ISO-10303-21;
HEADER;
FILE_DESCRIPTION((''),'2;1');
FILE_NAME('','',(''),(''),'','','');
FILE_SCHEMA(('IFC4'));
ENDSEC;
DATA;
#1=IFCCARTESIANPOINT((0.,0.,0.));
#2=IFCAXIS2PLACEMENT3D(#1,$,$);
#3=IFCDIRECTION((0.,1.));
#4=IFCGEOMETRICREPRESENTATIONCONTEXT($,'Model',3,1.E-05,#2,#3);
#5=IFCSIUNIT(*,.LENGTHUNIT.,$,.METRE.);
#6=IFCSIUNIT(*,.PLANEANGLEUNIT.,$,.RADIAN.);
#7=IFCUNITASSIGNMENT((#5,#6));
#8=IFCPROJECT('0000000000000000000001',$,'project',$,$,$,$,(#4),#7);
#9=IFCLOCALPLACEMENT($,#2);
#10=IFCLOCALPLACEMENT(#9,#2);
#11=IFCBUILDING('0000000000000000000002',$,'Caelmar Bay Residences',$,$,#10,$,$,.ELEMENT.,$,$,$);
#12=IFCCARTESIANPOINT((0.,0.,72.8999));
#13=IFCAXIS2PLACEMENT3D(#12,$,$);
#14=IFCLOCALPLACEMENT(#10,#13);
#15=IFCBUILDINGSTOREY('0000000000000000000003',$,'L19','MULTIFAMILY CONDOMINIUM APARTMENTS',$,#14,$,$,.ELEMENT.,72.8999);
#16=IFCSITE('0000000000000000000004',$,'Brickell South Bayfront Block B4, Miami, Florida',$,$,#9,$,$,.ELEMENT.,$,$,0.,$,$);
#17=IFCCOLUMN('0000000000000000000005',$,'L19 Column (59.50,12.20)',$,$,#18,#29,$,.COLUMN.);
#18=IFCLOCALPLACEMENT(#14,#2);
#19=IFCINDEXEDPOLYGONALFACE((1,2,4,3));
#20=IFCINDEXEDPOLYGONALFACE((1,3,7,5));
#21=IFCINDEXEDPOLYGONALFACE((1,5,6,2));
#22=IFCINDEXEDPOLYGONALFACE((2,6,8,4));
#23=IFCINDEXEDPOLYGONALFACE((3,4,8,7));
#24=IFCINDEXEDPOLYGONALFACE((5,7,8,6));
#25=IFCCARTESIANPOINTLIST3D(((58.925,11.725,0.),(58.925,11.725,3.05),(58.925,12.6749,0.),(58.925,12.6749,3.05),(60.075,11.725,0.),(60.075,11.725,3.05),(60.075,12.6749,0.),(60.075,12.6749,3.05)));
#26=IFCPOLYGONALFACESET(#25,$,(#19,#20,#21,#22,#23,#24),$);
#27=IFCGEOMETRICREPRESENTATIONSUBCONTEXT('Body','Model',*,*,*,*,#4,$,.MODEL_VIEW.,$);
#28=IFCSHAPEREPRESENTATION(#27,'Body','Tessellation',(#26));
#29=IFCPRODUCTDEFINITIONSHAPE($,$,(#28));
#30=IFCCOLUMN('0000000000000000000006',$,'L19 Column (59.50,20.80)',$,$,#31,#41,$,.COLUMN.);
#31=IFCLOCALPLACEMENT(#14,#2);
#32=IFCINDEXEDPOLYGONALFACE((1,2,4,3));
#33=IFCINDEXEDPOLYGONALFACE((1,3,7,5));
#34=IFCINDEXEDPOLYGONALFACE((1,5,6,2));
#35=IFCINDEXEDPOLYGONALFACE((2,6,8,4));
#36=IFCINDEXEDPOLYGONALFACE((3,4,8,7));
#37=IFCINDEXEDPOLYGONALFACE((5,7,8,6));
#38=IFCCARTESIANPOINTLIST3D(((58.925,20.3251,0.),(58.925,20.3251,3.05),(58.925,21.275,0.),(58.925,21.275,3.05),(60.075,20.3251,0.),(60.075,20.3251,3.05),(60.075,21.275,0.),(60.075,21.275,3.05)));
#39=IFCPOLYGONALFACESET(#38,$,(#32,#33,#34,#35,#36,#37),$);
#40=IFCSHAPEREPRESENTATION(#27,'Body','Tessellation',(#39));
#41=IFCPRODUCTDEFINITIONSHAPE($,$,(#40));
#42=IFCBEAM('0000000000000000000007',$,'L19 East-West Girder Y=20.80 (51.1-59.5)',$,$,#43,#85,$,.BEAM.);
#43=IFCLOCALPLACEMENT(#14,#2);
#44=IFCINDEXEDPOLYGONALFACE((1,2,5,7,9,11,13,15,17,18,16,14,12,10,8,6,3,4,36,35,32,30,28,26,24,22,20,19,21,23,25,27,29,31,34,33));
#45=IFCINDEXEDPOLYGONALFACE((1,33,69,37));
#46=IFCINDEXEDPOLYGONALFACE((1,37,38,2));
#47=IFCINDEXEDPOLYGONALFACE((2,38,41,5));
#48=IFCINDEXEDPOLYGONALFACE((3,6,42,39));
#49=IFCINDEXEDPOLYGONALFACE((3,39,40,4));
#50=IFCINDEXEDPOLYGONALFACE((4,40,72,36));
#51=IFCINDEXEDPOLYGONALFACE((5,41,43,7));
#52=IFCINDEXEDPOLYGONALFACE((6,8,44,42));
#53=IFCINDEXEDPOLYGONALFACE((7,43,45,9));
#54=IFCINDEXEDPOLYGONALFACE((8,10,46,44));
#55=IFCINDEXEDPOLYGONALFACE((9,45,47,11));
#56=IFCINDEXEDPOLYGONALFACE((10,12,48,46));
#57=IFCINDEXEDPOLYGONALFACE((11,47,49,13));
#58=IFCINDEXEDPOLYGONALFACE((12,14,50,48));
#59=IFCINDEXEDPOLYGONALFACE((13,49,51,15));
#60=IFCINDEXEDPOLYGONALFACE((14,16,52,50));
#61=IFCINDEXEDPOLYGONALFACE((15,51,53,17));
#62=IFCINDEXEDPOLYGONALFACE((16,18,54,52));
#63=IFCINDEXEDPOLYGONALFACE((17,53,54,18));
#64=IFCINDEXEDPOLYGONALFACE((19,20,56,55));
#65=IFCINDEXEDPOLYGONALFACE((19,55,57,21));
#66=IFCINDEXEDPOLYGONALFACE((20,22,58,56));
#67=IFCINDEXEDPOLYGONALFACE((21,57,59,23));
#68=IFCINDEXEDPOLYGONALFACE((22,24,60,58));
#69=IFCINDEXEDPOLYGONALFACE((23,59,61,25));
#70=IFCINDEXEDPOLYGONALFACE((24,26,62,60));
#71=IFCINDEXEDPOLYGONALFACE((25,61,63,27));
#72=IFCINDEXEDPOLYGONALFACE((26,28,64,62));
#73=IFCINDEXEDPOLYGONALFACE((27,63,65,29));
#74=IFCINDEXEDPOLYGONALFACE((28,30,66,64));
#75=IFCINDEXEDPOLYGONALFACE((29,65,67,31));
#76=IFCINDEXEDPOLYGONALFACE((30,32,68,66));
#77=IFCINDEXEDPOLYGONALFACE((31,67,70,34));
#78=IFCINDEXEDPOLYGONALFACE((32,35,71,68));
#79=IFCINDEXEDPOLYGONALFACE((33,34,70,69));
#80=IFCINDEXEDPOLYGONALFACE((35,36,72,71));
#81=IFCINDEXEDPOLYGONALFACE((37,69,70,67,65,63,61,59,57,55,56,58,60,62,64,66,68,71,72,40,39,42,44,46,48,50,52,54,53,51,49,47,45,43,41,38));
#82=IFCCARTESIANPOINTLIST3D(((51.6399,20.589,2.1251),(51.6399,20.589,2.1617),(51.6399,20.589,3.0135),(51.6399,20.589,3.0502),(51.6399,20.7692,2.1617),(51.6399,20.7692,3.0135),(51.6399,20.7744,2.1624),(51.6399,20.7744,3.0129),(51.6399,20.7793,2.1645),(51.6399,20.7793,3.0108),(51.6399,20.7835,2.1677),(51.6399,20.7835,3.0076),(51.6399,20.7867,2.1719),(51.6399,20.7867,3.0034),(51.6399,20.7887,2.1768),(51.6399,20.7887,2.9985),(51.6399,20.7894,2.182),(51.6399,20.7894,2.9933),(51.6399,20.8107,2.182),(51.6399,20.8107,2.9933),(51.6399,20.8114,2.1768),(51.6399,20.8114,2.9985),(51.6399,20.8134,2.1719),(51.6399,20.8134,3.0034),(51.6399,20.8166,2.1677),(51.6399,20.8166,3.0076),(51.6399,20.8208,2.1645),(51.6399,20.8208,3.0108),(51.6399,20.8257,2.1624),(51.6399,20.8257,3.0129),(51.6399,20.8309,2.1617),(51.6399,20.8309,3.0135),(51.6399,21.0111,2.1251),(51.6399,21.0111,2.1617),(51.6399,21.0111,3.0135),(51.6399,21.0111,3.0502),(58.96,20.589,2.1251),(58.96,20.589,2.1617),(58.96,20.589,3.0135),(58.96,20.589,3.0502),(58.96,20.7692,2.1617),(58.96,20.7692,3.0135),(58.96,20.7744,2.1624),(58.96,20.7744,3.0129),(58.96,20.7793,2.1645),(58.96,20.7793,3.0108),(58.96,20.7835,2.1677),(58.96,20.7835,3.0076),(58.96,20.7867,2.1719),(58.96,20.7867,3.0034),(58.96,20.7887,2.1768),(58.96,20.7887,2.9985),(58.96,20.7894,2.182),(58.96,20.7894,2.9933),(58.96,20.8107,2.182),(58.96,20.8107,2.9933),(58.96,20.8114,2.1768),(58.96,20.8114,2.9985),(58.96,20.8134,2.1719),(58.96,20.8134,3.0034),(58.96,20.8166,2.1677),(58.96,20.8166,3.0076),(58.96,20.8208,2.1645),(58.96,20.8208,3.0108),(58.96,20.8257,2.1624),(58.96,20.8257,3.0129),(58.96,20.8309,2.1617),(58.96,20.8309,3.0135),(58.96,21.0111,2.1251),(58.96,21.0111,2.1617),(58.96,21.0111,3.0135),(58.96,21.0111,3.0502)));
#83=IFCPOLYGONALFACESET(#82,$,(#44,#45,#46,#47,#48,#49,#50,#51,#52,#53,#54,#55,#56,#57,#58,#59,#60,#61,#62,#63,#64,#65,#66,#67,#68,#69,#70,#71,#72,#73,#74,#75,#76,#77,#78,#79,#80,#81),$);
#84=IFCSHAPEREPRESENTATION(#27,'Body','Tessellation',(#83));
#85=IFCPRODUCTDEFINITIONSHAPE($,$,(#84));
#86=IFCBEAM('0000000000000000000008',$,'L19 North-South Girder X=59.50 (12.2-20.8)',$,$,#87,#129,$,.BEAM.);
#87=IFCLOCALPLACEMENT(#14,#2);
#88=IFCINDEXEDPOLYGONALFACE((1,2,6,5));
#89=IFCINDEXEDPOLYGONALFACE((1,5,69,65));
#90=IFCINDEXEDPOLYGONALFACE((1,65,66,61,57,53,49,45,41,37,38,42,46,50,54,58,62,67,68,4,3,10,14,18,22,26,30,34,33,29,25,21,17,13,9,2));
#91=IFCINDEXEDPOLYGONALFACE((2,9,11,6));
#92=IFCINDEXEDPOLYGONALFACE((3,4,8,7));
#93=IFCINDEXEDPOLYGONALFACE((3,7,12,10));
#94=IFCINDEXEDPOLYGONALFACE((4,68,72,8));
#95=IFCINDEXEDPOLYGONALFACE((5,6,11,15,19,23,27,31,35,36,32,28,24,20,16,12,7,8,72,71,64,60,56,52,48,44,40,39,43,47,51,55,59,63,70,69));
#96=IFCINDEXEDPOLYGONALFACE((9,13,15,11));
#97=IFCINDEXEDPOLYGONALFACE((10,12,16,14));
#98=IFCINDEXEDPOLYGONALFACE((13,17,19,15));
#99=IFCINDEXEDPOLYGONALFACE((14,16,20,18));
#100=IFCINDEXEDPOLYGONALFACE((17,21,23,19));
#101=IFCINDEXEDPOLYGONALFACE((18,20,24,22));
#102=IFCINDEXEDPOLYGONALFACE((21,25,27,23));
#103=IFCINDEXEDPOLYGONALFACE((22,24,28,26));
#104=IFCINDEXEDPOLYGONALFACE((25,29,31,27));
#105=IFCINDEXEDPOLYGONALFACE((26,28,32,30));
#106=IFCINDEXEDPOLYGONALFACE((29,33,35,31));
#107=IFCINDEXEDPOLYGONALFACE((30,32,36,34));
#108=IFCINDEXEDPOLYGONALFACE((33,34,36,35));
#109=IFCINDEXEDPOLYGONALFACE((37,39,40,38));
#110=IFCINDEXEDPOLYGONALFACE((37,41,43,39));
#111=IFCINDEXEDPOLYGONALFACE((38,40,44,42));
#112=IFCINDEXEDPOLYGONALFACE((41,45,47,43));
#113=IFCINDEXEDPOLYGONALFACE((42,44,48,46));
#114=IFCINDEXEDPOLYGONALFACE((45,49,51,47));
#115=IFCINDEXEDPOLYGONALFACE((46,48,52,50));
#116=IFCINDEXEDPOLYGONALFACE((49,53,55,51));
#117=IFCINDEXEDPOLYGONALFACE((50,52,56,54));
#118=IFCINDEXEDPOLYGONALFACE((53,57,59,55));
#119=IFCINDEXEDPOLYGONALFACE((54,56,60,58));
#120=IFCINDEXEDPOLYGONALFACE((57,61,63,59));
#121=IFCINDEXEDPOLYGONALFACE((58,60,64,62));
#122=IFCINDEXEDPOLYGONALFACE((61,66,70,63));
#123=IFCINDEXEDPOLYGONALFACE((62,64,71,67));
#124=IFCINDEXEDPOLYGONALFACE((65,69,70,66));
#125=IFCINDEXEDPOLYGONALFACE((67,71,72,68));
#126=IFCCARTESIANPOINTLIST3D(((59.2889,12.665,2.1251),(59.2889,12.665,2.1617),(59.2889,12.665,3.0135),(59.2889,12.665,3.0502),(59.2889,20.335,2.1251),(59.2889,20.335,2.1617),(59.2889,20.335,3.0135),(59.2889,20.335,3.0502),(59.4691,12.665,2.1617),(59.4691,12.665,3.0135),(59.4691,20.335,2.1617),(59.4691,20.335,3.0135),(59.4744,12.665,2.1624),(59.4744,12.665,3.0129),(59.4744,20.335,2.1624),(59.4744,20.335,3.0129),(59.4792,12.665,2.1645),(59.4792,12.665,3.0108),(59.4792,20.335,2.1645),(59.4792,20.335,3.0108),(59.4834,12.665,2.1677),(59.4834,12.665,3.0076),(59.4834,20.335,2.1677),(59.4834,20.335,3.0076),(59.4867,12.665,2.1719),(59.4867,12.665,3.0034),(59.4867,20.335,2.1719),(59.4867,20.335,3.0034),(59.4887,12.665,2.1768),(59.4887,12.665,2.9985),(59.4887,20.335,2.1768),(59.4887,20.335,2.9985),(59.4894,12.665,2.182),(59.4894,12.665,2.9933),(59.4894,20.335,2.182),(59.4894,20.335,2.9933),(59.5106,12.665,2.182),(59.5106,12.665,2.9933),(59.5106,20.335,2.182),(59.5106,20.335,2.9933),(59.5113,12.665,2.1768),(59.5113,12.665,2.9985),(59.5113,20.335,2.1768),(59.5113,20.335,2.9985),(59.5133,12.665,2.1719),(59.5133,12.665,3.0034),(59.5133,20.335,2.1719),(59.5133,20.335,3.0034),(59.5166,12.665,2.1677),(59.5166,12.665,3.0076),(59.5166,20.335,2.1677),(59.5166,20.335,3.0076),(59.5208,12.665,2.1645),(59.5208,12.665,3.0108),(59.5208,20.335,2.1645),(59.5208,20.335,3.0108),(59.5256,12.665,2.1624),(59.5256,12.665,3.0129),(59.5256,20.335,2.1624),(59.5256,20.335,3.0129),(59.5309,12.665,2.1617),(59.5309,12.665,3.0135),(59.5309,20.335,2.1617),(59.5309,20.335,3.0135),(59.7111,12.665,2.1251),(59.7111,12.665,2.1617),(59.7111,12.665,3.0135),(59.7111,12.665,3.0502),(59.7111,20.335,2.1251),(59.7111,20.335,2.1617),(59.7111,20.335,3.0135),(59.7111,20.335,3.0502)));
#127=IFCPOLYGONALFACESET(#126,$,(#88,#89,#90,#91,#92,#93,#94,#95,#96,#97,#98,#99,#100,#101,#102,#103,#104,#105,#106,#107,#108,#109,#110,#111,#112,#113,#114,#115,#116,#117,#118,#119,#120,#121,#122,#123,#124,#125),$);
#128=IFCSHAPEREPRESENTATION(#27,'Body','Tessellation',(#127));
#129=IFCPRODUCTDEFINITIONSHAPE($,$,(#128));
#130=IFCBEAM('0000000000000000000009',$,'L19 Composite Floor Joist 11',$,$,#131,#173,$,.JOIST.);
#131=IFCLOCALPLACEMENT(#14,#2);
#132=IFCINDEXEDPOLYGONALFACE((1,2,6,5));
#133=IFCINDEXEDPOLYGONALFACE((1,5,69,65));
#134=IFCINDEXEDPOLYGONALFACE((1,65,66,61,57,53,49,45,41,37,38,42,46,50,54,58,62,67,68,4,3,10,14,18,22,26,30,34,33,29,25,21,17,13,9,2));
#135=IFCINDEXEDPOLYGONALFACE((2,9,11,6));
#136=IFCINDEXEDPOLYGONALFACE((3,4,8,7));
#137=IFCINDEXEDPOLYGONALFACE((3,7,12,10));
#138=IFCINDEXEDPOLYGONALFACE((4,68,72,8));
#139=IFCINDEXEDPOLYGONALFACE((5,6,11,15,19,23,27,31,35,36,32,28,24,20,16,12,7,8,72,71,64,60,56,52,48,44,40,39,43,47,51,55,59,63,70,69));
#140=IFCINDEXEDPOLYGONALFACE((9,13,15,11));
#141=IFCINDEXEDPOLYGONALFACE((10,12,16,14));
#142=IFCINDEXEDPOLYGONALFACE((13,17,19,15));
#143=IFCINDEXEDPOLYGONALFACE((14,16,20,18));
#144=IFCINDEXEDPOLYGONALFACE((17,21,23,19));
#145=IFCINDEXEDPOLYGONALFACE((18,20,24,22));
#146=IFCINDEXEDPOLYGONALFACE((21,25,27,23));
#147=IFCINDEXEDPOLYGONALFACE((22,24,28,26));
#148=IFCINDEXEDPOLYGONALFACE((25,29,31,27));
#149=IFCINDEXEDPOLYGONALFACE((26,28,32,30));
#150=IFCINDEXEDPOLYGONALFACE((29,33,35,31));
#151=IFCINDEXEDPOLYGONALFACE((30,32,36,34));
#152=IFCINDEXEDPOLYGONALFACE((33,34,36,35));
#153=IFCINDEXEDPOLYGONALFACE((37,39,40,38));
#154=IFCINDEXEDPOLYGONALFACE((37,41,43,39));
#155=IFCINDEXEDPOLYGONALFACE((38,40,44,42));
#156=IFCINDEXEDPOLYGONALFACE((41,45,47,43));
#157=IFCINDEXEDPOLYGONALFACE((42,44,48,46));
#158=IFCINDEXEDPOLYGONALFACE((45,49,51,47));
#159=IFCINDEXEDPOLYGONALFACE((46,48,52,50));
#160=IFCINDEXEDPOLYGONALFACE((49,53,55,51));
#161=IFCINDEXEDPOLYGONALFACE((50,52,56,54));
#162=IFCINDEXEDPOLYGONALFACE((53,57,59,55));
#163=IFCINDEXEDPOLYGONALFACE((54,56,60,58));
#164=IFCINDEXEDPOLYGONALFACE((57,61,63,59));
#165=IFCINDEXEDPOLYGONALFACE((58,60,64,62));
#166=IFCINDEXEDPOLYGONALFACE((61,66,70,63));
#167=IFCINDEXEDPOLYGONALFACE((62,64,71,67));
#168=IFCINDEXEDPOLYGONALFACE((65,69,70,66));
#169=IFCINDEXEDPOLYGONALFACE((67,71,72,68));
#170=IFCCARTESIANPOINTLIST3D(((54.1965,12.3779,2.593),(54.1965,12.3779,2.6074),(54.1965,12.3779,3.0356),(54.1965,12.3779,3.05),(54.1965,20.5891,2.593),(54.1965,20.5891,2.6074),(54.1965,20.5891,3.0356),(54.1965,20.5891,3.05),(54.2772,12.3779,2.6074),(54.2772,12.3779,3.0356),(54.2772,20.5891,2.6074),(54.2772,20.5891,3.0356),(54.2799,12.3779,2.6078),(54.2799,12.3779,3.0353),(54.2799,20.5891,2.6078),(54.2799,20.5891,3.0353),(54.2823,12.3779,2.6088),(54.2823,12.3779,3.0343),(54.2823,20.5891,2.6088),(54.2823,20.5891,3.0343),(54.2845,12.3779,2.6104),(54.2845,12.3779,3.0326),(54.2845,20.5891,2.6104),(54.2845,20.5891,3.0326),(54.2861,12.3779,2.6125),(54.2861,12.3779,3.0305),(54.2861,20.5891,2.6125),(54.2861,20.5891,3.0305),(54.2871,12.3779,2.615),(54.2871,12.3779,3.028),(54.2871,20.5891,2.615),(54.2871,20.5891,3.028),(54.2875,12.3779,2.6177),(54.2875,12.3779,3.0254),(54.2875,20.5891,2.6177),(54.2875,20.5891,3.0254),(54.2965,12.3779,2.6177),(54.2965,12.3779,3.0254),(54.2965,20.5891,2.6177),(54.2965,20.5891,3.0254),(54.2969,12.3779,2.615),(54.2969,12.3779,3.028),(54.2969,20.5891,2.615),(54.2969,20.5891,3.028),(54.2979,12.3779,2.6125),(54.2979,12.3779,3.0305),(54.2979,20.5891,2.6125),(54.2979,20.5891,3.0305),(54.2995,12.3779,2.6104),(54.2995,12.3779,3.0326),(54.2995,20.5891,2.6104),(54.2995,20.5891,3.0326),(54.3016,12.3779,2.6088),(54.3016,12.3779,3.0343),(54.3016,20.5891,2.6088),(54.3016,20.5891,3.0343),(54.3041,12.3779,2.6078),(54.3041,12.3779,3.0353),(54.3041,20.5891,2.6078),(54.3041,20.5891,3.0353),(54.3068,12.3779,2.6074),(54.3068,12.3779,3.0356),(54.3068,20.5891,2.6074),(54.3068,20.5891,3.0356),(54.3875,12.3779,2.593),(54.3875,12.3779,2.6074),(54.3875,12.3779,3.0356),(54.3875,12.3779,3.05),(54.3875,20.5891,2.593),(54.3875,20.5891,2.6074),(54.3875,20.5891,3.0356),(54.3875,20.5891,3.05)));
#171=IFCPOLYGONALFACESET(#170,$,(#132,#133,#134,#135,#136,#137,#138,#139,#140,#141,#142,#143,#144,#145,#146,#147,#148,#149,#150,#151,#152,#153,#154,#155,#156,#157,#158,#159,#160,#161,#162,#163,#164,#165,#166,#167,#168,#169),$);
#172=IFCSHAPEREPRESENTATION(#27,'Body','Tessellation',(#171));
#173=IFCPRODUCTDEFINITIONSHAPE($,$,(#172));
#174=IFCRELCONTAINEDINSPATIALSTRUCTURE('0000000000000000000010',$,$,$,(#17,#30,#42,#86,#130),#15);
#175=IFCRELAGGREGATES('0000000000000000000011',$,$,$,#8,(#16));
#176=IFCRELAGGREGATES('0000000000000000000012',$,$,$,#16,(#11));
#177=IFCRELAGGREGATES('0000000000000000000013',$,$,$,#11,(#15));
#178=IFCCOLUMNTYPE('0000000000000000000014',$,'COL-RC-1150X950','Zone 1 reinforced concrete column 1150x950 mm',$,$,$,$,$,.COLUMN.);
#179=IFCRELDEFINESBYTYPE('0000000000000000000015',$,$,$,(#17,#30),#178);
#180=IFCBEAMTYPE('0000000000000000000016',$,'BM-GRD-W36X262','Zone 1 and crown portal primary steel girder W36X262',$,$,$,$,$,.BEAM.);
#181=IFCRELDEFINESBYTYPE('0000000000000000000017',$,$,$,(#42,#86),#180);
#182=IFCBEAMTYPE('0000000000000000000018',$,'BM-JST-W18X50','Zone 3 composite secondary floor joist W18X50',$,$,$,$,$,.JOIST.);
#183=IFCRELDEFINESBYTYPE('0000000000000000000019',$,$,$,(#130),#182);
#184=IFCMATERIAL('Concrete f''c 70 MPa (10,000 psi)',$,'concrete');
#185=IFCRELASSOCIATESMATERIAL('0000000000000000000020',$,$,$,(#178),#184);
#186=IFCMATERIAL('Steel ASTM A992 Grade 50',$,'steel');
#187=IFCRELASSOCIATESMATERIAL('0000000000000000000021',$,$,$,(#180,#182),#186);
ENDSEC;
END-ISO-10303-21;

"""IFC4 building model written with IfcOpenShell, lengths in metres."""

from ifc_helpers import new_model, si_unit, direction, frame, origin, origin_2d, place, context, subcontext, project, spatial, rectangle, i_section, extrude, material, material_profile, profile_set, type_object, element, save


model = new_model("IFC4")

# Units and contexts
model_context = context("Model", 3, precision=1e-05, world=origin(), true_north=direction((0.0, 1.0)))
body_context = subcontext(model_context, "Body", "Model", "MODEL_VIEW")
ifc_project = project(units=[si_unit("LENGTHUNIT", "METRE"), si_unit("PLANEANGLEUNIT", "RADIAN")], contexts=[model_context])

# Site, building, storey
site_placement = place(None, origin())
site = spatial("IfcSite", under=ifc_project, at=site_placement, Name="Brickell South Bayfront Block B4, Miami, Florida", CompositionType="ELEMENT", RefElevation=0.0)
building_placement = place(site_placement, origin())
building = spatial("IfcBuilding", under=site, at=building_placement, Name="Caelmar Bay Residences", CompositionType="ELEMENT")
storey_placement = place(building_placement, frame((0.0, 0.0, 72.8999)))
storey = spatial("IfcBuildingStorey", under=building, at=storey_placement, Name="L19", Description="MULTIFAMILY CONDOMINIUM APARTMENTS", CompositionType="ELEMENT", Elevation=72.8999)

# Columns
ifc_material_1 = material(Name="Concrete f'c 70 MPa (10,000 psi)", Category="concrete")
ifc_material_profile_1 = material_profile(ifc_material_1, rectangle(XDim=1.1499, YDim=0.95, at=origin_2d()), Name="RC-COL-1150X950")
ifc_profile_set_1 = profile_set([ifc_material_profile_1], Name="Concrete f'c 70 MPa (10,000 psi)")
column_type = type_object("IfcColumnType", Name="COL-RC-1150X950", Description="Zone 1 reinforced concrete column 1150x950 mm", PredefinedType="COLUMN", material=ifc_profile_set_1)
for number, where, z_axis, x_axis, name in (
    (1, (59.5, 12.2, 0.0), (0.0, 0.0, 1.0), (1.0, 0.0, 0.0), "L19 Column (59.50,12.20)"),
    (2, (59.5, 20.8, 0.0), (0.0, 0.0, 1.0), (1.0, 0.0, 0.0), "L19 Column (59.50,20.80)"),
):
    element("IfcColumn", number, at=place(storey_placement, frame(where, z_axis=z_axis, x_axis=x_axis)), inside=storey, type_object=column_type, Name=name, PredefinedType="COLUMN", context=body_context, shape_type="SweptSolid", body=[
        extrude(rectangle(XDim=1.1499, YDim=0.95, at=origin_2d()), origin(), (0.0, 0.0, 1.0), 3.05),
    ])

# Beams
ifc_material_2 = material(Name="Steel ASTM A992 Grade 50", Category="steel")
ifc_material_profile_2 = material_profile(ifc_material_2, i_section(OverallWidth=0.4221, OverallDepth=0.925, WebThickness=0.0212, FlangeThickness=0.0366, FilletRadius=0.0203, at=origin_2d()), Name="W36X262")
ifc_profile_set_2 = profile_set([ifc_material_profile_2], Name="Steel ASTM A992 Grade 50")
beam_type_1 = type_object("IfcBeamType", Name="BM-GRD-W36X262", Description="Zone 1 and crown portal primary steel girder W36X262", PredefinedType="BEAM", material=ifc_profile_set_2)
beam_1_placement = place(storey_placement, frame((51.6399, 20.8, 2.5876), z_axis=(1.0, 0.0, 0.0), x_axis=(0.0, 1.0, 0.0)))
element("IfcBeam", 3, at=beam_1_placement, inside=storey, type_object=beam_type_1, Name="L19 East-West Girder Y=20.80 (51.1-59.5)", PredefinedType="BEAM", context=body_context, shape_type="SweptSolid", body=[
    extrude(i_section(OverallWidth=0.4221, OverallDepth=0.925, WebThickness=0.0212, FlangeThickness=0.0366, FilletRadius=0.0203, at=origin_2d()), origin(), (0.0, 0.0, 1.0), 7.3201),
])
beam_2_placement = place(storey_placement, frame((59.5, 12.665, 2.5876), z_axis=(0.0, 1.0, 0.0), x_axis=(-1.0, 0.0, 0.0)))
element("IfcBeam", 4, at=beam_2_placement, inside=storey, type_object=beam_type_1, Name="L19 North-South Girder X=59.50 (12.2-20.8)", PredefinedType="BEAM", context=body_context, shape_type="SweptSolid", body=[
    extrude(i_section(OverallWidth=0.4221, OverallDepth=0.925, WebThickness=0.0212, FlangeThickness=0.0366, FilletRadius=0.0203, at=origin_2d()), origin(), (0.0, 0.0, 1.0), 7.6699),
])
ifc_material_profile_3 = material_profile(ifc_material_2, i_section(OverallWidth=0.1909, OverallDepth=0.457, WebThickness=0.009, FlangeThickness=0.0144, FilletRadius=0.0103, at=origin_2d()), Name="W18X50")
ifc_profile_set_3 = profile_set([ifc_material_profile_3], Name="Steel ASTM A992 Grade 50")
beam_type_2 = type_object("IfcBeamType", Name="BM-JST-W18X50", Description="Zone 3 composite secondary floor joist W18X50", PredefinedType="JOIST", material=ifc_profile_set_3)
beam_3_placement = place(storey_placement, frame((54.292, 12.3779, 2.8215), z_axis=(0.0, 1.0, 0.0), x_axis=(-1.0, 0.0, 0.0)))
element("IfcBeam", 5, at=beam_3_placement, inside=storey, type_object=beam_type_2, Name="L19 Composite Floor Joist 11", PredefinedType="JOIST", context=body_context, shape_type="SweptSolid", body=[
    extrude(i_section(OverallWidth=0.1909, OverallDepth=0.457, WebThickness=0.009, FlangeThickness=0.0144, FilletRadius=0.0103, at=origin_2d()), origin(), (0.0, 0.0, 1.0), 8.2112),
])

save(model, "model.ifc")
